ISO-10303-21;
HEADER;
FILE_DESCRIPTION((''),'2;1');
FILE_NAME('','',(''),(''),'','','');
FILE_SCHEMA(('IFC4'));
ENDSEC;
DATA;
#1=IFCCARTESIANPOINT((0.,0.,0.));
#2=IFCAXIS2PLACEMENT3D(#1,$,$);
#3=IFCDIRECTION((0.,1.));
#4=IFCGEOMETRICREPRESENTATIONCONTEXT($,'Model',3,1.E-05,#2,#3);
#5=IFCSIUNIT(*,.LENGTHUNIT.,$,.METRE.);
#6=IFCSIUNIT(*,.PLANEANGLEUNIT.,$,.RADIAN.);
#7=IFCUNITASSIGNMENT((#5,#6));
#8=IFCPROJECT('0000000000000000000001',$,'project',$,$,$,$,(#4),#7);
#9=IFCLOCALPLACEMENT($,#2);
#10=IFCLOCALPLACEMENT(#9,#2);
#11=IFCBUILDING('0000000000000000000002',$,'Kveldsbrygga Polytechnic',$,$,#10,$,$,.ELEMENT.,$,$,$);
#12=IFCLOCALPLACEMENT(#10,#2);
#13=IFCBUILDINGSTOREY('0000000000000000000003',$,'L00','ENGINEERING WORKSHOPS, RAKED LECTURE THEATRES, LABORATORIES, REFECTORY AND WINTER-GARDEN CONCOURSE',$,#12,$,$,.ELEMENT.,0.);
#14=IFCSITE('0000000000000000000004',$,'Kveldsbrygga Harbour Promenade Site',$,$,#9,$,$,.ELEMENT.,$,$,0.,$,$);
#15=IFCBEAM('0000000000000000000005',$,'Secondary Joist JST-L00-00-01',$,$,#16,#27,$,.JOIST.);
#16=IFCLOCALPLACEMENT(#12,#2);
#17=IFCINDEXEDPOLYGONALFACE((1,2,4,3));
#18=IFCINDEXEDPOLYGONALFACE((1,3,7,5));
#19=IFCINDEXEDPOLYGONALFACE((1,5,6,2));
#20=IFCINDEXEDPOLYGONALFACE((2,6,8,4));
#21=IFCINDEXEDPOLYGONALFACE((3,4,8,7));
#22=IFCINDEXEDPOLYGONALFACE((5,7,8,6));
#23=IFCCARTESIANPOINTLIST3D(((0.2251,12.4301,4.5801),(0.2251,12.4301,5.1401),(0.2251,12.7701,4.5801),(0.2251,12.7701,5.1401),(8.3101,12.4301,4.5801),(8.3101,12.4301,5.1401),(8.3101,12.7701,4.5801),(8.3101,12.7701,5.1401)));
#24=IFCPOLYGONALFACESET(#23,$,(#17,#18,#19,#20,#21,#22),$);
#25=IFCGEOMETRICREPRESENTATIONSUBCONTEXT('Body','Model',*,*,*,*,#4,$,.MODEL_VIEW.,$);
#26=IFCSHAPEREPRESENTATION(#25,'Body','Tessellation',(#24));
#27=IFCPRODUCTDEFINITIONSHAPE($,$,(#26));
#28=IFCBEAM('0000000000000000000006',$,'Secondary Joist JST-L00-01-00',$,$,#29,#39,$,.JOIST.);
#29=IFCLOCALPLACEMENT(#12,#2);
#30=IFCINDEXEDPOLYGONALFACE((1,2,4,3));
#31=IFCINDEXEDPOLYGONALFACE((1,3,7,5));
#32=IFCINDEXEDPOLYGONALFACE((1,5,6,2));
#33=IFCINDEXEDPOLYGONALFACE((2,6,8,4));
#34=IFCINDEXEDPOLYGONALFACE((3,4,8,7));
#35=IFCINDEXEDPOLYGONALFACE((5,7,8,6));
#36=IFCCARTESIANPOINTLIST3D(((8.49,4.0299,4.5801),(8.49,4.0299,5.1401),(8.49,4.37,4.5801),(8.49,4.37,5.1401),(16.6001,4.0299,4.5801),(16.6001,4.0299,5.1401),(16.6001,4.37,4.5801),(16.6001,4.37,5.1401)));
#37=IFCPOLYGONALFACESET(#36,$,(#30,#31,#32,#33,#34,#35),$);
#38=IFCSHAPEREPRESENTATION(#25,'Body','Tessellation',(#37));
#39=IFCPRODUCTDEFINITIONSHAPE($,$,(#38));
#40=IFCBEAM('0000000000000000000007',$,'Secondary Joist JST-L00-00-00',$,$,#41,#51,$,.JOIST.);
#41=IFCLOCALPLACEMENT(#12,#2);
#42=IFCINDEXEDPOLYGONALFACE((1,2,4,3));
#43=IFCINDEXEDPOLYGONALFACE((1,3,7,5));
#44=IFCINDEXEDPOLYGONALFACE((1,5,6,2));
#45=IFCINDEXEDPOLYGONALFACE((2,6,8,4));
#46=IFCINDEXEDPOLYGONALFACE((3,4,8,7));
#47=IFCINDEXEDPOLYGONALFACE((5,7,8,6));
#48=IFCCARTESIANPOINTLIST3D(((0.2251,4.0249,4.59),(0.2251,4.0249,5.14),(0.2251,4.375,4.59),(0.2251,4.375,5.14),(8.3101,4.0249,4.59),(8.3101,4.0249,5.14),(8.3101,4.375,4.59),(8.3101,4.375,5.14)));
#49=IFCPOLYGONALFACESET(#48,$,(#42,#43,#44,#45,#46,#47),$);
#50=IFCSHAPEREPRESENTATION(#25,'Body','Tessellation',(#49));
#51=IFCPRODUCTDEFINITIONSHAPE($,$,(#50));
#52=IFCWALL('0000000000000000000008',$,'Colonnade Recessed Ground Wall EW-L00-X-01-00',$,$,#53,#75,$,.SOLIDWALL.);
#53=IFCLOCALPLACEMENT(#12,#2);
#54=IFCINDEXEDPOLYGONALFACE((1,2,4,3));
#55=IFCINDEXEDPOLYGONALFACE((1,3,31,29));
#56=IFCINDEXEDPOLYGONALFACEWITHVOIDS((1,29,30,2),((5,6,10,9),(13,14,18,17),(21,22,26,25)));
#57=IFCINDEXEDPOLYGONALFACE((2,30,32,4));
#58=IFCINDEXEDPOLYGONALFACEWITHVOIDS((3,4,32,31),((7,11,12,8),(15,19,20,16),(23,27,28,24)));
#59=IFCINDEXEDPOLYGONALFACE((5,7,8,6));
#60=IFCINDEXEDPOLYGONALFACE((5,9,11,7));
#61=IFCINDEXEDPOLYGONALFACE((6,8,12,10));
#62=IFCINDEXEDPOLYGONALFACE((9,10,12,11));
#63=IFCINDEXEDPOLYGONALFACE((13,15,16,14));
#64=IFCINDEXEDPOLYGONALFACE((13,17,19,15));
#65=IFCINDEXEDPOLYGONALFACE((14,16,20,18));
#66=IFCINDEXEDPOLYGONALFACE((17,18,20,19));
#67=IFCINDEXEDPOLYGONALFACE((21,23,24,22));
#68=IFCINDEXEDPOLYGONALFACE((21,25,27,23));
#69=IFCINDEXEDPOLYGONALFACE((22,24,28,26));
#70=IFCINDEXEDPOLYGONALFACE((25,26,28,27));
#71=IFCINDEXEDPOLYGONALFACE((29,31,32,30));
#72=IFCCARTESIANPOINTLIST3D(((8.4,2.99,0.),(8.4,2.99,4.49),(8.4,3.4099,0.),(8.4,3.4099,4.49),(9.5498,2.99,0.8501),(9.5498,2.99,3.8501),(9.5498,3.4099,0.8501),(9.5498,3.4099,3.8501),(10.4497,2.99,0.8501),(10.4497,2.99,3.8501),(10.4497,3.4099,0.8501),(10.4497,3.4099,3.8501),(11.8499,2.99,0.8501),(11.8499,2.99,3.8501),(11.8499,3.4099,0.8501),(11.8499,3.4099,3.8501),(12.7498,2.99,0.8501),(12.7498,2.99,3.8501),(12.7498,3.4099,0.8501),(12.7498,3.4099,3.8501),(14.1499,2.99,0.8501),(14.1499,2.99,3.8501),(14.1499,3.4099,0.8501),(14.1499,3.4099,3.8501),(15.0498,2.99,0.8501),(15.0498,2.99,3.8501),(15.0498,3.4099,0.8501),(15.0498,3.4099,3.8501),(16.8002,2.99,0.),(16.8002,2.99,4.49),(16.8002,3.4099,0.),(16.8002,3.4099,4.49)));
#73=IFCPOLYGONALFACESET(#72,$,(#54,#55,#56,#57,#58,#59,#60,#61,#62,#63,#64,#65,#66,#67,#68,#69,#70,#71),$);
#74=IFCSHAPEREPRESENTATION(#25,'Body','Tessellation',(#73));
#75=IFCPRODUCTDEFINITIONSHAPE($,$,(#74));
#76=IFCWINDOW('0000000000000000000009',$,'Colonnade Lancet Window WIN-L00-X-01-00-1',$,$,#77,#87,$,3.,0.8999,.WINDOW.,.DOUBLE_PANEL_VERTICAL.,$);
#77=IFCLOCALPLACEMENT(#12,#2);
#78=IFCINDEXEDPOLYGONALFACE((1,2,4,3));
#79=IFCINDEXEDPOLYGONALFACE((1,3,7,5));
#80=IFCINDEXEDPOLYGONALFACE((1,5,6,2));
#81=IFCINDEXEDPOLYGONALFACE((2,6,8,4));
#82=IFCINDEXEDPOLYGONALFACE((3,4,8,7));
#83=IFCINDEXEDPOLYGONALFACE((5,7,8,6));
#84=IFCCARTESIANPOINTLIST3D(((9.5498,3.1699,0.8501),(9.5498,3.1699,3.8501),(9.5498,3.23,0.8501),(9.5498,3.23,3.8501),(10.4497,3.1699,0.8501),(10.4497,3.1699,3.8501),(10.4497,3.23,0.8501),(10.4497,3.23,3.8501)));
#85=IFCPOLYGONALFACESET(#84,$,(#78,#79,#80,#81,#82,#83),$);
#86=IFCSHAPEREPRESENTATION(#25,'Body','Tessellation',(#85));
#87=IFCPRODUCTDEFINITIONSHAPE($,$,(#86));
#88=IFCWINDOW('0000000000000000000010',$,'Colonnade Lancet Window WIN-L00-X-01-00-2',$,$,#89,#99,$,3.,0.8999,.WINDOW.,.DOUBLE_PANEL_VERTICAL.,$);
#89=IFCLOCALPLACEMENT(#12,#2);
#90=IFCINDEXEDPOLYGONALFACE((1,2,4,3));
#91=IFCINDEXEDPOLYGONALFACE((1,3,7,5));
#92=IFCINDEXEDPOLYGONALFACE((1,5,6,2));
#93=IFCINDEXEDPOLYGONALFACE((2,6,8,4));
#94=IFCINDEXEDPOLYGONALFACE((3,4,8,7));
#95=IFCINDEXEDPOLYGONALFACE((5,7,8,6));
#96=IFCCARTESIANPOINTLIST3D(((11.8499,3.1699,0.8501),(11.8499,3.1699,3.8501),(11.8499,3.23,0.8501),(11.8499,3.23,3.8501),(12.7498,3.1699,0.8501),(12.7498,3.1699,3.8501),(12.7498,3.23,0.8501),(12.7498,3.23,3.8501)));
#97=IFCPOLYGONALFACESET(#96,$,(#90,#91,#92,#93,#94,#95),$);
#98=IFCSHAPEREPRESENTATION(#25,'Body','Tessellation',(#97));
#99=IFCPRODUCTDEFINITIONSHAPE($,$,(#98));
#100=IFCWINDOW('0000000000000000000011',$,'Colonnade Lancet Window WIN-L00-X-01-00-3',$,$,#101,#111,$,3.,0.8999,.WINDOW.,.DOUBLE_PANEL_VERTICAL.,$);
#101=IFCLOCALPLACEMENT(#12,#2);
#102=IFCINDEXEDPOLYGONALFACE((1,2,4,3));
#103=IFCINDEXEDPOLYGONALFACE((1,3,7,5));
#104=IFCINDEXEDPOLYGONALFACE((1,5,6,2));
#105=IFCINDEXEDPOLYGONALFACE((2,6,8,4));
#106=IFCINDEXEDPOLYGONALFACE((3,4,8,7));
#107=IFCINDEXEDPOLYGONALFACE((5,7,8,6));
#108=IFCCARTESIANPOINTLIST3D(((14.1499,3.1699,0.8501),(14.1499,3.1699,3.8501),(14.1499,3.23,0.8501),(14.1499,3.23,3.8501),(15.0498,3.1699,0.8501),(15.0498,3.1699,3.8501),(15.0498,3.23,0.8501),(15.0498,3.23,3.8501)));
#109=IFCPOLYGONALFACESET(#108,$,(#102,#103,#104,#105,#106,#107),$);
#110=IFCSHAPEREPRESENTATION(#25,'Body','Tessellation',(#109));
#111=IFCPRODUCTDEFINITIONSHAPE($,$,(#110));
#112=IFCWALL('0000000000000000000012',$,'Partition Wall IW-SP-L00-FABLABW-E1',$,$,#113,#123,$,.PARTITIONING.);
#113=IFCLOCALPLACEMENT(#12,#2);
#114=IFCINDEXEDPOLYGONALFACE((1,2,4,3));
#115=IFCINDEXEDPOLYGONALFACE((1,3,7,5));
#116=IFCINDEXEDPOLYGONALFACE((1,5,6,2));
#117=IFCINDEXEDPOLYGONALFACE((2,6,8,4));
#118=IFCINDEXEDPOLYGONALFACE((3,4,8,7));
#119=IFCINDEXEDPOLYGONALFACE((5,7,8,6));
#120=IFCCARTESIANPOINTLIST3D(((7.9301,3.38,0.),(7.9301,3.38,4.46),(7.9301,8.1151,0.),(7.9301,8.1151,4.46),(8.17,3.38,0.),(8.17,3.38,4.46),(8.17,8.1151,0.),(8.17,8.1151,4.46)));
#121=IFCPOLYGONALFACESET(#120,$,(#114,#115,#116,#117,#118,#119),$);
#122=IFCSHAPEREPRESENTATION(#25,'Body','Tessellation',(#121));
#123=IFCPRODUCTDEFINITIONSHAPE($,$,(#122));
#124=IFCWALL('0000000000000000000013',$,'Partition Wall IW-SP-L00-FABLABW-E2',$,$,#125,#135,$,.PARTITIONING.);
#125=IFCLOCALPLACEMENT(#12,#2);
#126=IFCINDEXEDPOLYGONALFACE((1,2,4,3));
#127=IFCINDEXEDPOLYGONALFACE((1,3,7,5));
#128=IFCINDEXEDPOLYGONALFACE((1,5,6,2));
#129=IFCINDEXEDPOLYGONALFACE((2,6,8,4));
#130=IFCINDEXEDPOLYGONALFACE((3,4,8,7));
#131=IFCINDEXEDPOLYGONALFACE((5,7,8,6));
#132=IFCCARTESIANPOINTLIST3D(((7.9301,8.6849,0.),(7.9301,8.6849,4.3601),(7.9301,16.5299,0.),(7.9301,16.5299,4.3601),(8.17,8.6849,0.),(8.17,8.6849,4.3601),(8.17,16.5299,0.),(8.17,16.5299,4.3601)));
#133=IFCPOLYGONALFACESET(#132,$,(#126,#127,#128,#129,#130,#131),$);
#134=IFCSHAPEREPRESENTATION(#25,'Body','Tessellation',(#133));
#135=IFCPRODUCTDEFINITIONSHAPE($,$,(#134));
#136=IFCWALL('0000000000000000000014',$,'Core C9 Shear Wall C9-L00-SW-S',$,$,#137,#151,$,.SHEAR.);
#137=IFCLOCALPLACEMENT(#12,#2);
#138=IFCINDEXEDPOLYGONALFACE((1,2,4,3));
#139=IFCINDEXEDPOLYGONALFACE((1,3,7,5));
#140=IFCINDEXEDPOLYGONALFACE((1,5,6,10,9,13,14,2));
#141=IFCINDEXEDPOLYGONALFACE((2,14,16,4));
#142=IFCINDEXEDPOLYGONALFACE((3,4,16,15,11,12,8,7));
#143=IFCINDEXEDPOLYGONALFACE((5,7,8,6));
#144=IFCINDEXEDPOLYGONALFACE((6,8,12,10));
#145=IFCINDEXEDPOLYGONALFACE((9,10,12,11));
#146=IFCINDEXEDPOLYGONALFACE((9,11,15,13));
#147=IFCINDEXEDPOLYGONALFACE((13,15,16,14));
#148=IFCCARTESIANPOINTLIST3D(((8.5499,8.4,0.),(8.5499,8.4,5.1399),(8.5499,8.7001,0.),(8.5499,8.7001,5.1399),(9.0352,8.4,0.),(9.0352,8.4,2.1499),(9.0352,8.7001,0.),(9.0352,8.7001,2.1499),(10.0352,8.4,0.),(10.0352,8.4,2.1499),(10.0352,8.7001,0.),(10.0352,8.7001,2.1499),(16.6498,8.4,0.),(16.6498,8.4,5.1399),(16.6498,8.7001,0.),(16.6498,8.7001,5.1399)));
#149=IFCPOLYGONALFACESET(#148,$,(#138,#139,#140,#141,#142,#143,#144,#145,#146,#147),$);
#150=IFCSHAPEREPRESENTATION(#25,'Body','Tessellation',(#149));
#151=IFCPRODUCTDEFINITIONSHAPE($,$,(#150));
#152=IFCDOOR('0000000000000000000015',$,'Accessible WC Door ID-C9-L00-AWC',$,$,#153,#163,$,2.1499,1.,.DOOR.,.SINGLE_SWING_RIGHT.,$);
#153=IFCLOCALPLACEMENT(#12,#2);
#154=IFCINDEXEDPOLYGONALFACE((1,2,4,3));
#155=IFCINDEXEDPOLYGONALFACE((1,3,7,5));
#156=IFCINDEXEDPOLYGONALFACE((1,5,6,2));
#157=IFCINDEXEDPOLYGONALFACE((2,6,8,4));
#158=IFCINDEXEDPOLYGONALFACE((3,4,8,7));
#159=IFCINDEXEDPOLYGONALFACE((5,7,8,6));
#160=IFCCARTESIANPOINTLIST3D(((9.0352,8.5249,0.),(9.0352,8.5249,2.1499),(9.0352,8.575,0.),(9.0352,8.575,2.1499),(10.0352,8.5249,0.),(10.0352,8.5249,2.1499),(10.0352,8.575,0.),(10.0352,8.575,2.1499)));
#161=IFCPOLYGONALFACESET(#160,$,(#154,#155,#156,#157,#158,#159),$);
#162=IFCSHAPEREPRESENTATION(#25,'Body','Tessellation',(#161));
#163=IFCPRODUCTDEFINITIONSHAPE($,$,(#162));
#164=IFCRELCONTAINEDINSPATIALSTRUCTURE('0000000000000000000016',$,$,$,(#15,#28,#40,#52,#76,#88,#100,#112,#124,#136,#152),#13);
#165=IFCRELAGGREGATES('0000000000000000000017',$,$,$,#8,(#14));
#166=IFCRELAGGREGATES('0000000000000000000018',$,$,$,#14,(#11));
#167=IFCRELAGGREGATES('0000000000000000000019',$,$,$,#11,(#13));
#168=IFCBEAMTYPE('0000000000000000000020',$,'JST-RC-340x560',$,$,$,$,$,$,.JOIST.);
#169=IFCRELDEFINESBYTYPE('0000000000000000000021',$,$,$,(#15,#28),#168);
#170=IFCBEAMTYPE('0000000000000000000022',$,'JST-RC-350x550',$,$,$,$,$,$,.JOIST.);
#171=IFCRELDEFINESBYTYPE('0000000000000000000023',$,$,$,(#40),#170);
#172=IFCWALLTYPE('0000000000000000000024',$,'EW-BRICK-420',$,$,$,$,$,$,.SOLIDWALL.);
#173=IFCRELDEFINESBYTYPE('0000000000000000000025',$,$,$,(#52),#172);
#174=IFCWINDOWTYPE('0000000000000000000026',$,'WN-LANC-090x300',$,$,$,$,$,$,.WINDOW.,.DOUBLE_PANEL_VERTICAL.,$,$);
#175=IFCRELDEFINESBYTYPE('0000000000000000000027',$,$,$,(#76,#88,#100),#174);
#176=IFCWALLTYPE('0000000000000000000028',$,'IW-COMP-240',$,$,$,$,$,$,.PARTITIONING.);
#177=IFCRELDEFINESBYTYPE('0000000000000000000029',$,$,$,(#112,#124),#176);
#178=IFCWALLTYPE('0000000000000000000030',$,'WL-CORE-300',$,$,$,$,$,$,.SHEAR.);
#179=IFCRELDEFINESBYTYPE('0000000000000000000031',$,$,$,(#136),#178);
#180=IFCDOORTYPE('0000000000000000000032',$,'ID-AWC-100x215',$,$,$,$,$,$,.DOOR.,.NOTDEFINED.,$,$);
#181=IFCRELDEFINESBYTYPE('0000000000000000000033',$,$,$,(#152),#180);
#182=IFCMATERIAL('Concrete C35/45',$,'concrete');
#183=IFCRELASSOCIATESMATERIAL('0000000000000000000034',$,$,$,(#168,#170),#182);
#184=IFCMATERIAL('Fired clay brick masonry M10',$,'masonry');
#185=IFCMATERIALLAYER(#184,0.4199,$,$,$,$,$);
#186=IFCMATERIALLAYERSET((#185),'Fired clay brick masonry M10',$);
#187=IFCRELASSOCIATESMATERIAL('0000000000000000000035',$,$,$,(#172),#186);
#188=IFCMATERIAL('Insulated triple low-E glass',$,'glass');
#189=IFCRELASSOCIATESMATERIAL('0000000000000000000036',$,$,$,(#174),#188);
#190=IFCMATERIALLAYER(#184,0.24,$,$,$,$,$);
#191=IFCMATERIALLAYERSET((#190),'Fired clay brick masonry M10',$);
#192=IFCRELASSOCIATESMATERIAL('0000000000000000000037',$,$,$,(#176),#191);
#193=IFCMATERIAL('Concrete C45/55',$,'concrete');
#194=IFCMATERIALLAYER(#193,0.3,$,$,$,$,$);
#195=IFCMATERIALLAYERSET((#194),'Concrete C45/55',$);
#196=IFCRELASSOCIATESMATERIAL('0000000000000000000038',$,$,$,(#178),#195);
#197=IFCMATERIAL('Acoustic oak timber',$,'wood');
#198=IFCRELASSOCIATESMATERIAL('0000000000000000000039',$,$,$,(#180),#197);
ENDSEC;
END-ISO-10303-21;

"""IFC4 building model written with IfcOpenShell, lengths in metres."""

from ifc_helpers import new_model, si_unit, direction, frame, frame_2d, origin, origin_2d, place, context, subcontext, project, spatial, rectangle, extrude, material, layer, layer_set, material_profile, profile_set, type_object, element, fill, save


model = new_model("IFC4")

# Units and contexts
model_context = context("Model", 3, precision=1e-05, world=origin(), true_north=direction((0.0, 1.0)))
body_context = subcontext(model_context, "Body", "Model", "MODEL_VIEW")
ifc_project = project(units=[si_unit("LENGTHUNIT", "METRE"), si_unit("PLANEANGLEUNIT", "RADIAN")], contexts=[model_context])

# Site, building, storey
site_placement = place(None, origin())
site = spatial("IfcSite", under=ifc_project, at=site_placement, Name="Kveldsbrygga Harbour Promenade Site", CompositionType="ELEMENT", RefElevation=0.0)
building_placement = place(site_placement, origin())
building = spatial("IfcBuilding", under=site, at=building_placement, Name="Kveldsbrygga Polytechnic", CompositionType="ELEMENT")
storey_placement = place(building_placement, origin())
storey = spatial("IfcBuildingStorey", under=building, at=storey_placement, Name="L00", Description="ENGINEERING WORKSHOPS, RAKED LECTURE THEATRES, LABORATORIES, REFECTORY AND WINTER-GARDEN CONCOURSE", CompositionType="ELEMENT", Elevation=0.0)

# Shared definitions
ifc_material_1 = material(Name="Concrete C45/55", Category="concrete")

# Beams
ifc_material_2 = material(Name="Concrete C35/45", Category="concrete")
ifc_material_profile_1 = material_profile(ifc_material_2, rectangle(XDim=0.3401, YDim=0.5601, at=origin_2d()), Name="RC 340x560")
ifc_profile_set_1 = profile_set([ifc_material_profile_1], Name="Concrete C35/45")
beam_type_1 = type_object("IfcBeamType", Name="JST-RC-340x560", PredefinedType="JOIST", material=ifc_profile_set_1)
beam_1_placement = place(storey_placement, frame((0.2251, 12.6001, 4.8601), z_axis=(1.0, 0.0, 0.0), x_axis=(0.0, 1.0, 0.0)))
element("IfcBeam", 1, at=beam_1_placement, inside=storey, type_object=beam_type_1, Name="Secondary Joist JST-L00-00-01", PredefinedType="JOIST", context=body_context, shape_type="SweptSolid", body=[
    extrude(rectangle(XDim=0.3401, YDim=0.5601, at=origin_2d()), origin(), (0.0, 0.0, 1.0), 8.085),
])
beam_2_placement = place(storey_placement, frame((8.49, 4.2, 4.8601), z_axis=(1.0, 0.0, 0.0), x_axis=(0.0, 1.0, 0.0)))
element("IfcBeam", 2, at=beam_2_placement, inside=storey, type_object=beam_type_1, Name="Secondary Joist JST-L00-01-00", PredefinedType="JOIST", context=body_context, shape_type="SweptSolid", body=[
    extrude(rectangle(XDim=0.3401, YDim=0.5601, at=origin_2d()), origin(), (0.0, 0.0, 1.0), 8.1101),
])
ifc_material_profile_2 = material_profile(ifc_material_2, rectangle(XDim=0.3501, YDim=0.55, at=origin_2d()), Name="RC 350x550")
ifc_profile_set_2 = profile_set([ifc_material_profile_2], Name="Concrete C35/45")
beam_type_2 = type_object("IfcBeamType", Name="JST-RC-350x550", PredefinedType="JOIST", material=ifc_profile_set_2)
beam_3_placement = place(storey_placement, frame((0.2251, 4.2, 4.865), z_axis=(1.0, 0.0, 0.0), x_axis=(0.0, 1.0, 0.0)))
element("IfcBeam", 3, at=beam_3_placement, inside=storey, type_object=beam_type_2, Name="Secondary Joist JST-L00-00-00", PredefinedType="JOIST", context=body_context, shape_type="SweptSolid", body=[
    extrude(rectangle(XDim=0.3501, YDim=0.55, at=origin_2d()), origin(), (0.0, 0.0, 1.0), 8.085),
])

# Wall, openings, windows
ifc_material_3 = material(Name="Fired clay brick masonry M10", Category="masonry")
ifc_layer_1 = layer(ifc_material_3, 0.4199)
ifc_layer_set_1 = layer_set([ifc_layer_1], Name="Fired clay brick masonry M10")
wall_type_1 = type_object("IfcWallType", Name="EW-BRICK-420", PredefinedType="SOLIDWALL", material=ifc_layer_set_1)
wall_1_placement = place(storey_placement, frame((8.3999, 3.2, 0.0), z_axis=(0.0, 0.0, 1.0), x_axis=(1.0, 0.0, 0.0)))
wall_1 = element("IfcWall", 4, at=wall_1_placement, inside=storey, type_object=wall_type_1, Name="Colonnade Recessed Ground Wall EW-L00-X-01-00", PredefinedType="SOLIDWALL", context=body_context, shape_type="SweptSolid", body=[
    extrude(rectangle(XDim=8.4001, YDim=0.4199, at=frame_2d((4.2002, 0.0))), origin(), (0.0, 0.0, 1.0), 4.49),
])
opening_1_placement = place(wall_1_placement, frame((1.1499, 0.0, 0.8501)))
opening_1 = element("IfcOpeningElement", 5, at=opening_1_placement, cuts=wall_1, PredefinedType="OPENING", context=body_context, shape_type="SweptSolid", body=[
    extrude(rectangle(XDim=0.8999, YDim=3.0, at=frame_2d((0.45, 1.5))), frame((0.0, 0.22, 0.0), z_axis=(0.0, -1.0, 0.0), x_axis=(1.0, 0.0, 0.0)), (0.0, 0.0, 1.0), 0.4399),
])
opening_2_placement = place(wall_1_placement, frame((3.45, 0.0, 0.8501)))
opening_2 = element("IfcOpeningElement", 6, at=opening_2_placement, cuts=wall_1, PredefinedType="OPENING", context=body_context, shape_type="SweptSolid", body=[
    extrude(rectangle(XDim=0.8999, YDim=3.0, at=frame_2d((0.45, 1.5))), frame((0.0, 0.22, 0.0), z_axis=(0.0, -1.0, 0.0), x_axis=(1.0, 0.0, 0.0)), (0.0, 0.0, 1.0), 0.4399),
])
opening_3_placement = place(wall_1_placement, frame((5.75, 0.0, 0.8501)))
opening_3 = element("IfcOpeningElement", 7, at=opening_3_placement, cuts=wall_1, PredefinedType="OPENING", context=body_context, shape_type="SweptSolid", body=[
    extrude(rectangle(XDim=0.8999, YDim=3.0, at=frame_2d((0.45, 1.5))), frame((0.0, 0.22, 0.0), z_axis=(0.0, -1.0, 0.0), x_axis=(1.0, 0.0, 0.0)), (0.0, 0.0, 1.0), 0.4399),
])
ifc_material_4 = material(Name="Insulated triple low-E glass", Category="glass")
window_type = type_object("IfcWindowType", Name="WN-LANC-090x300", PartitioningType="DOUBLE_PANEL_VERTICAL", PredefinedType="WINDOW", material=ifc_material_4)
window_1_placement = place(opening_1_placement, origin())
window_1 = element("IfcWindow", 8, at=window_1_placement, inside=storey, type_object=window_type, Name="Colonnade Lancet Window WIN-L00-X-01-00-1", OverallHeight=3.0, OverallWidth=0.8999, PartitioningType="DOUBLE_PANEL_VERTICAL", PredefinedType="WINDOW", context=body_context, shape_type="SweptSolid", body=[
    extrude(rectangle(XDim=0.8999, YDim=3.0, at=frame_2d((0.45, 1.5))), frame((0.0, 0.03, 0.0), z_axis=(0.0, -1.0, 0.0), x_axis=(1.0, 0.0, 0.0)), (0.0, 0.0, 1.0), 0.0601),
])
fill(opening_1, window_1)
window_2_placement = place(opening_2_placement, origin())
window_2 = element("IfcWindow", 9, at=window_2_placement, inside=storey, type_object=window_type, Name="Colonnade Lancet Window WIN-L00-X-01-00-2", OverallHeight=3.0, OverallWidth=0.8999, PartitioningType="DOUBLE_PANEL_VERTICAL", PredefinedType="WINDOW", context=body_context, shape_type="SweptSolid", body=[
    extrude(rectangle(XDim=0.8999, YDim=3.0, at=frame_2d((0.45, 1.5))), frame((0.0, 0.03, 0.0), z_axis=(0.0, -1.0, 0.0), x_axis=(1.0, 0.0, 0.0)), (0.0, 0.0, 1.0), 0.0601),
])
fill(opening_2, window_2)
window_3_placement = place(opening_3_placement, origin())
window_3 = element("IfcWindow", 10, at=window_3_placement, inside=storey, type_object=window_type, Name="Colonnade Lancet Window WIN-L00-X-01-00-3", OverallHeight=3.0, OverallWidth=0.8999, PartitioningType="DOUBLE_PANEL_VERTICAL", PredefinedType="WINDOW", context=body_context, shape_type="SweptSolid", body=[
    extrude(rectangle(XDim=0.8999, YDim=3.0, at=frame_2d((0.45, 1.5))), frame((0.0, 0.03, 0.0), z_axis=(0.0, -1.0, 0.0), x_axis=(1.0, 0.0, 0.0)), (0.0, 0.0, 1.0), 0.0601),
])
fill(opening_3, window_3)

# Walls
ifc_layer_2 = layer(ifc_material_3, 0.24)
ifc_layer_set_2 = layer_set([ifc_layer_2], Name="Fired clay brick masonry M10")
wall_type_2 = type_object("IfcWallType", Name="IW-COMP-240", PredefinedType="PARTITIONING", material=ifc_layer_set_2)
wall_2_placement = place(storey_placement, frame((8.05, 3.3799, 0.0), z_axis=(0.0, 0.0, 1.0), x_axis=(0.0, 1.0, 0.0)))
element("IfcWall", 11, at=wall_2_placement, inside=storey, type_object=wall_type_2, Name="Partition Wall IW-SP-L00-FABLABW-E1", PredefinedType="PARTITIONING", context=body_context, shape_type="SweptSolid", body=[
    extrude(rectangle(XDim=4.7351, YDim=0.24, at=frame_2d((2.3677, 0.0))), origin(), (0.0, 0.0, 1.0), 4.46),
])
wall_3_placement = place(storey_placement, frame((8.05, 8.6851, 0.0), z_axis=(0.0, 0.0, 1.0), x_axis=(0.0, 1.0, 0.0)))
element("IfcWall", 12, at=wall_3_placement, inside=storey, type_object=wall_type_2, Name="Partition Wall IW-SP-L00-FABLABW-E2", PredefinedType="PARTITIONING", context=body_context, shape_type="SweptSolid", body=[
    extrude(rectangle(XDim=7.845, YDim=0.24, at=frame_2d((3.9224, 0.0))), origin(), (0.0, 0.0, 1.0), 4.3601),
])

# Wall, opening, door
ifc_layer_3 = layer(ifc_material_1, 0.3)
ifc_layer_set_3 = layer_set([ifc_layer_3], Name="Concrete C45/55")
wall_type_3 = type_object("IfcWallType", Name="WL-CORE-300", PredefinedType="SHEAR", material=ifc_layer_set_3)
wall_4_placement = place(storey_placement, frame((8.55, 8.55, 0.0), z_axis=(0.0, 0.0, 1.0), x_axis=(1.0, 0.0, 0.0)))
wall_4 = element("IfcWall", 13, at=wall_4_placement, inside=storey, type_object=wall_type_3, Name="Core C9 Shear Wall C9-L00-SW-S", PredefinedType="SHEAR", context=body_context, shape_type="SweptSolid", body=[
    extrude(rectangle(XDim=8.0999, YDim=0.3, at=frame_2d((4.0498, 0.0))), origin(), (0.0, 0.0, 1.0), 5.1399),
])
opening_4_placement = place(wall_4_placement, frame((0.4851, 0.0, 0.0)))
opening_4 = element("IfcOpeningElement", 14, at=opening_4_placement, cuts=wall_4, PredefinedType="OPENING", context=body_context, shape_type="SweptSolid", body=[
    extrude(rectangle(XDim=1.0, YDim=2.1499, at=frame_2d((0.5, 1.075))), frame((0.0, 0.1602, 0.0), z_axis=(0.0, -1.0, 0.0), x_axis=(1.0, 0.0, 0.0)), (0.0, 0.0, 1.0), 0.3201),
])
ifc_material_5 = material(Name="Acoustic oak timber", Category="wood")
door_type = type_object("IfcDoorType", Name="ID-AWC-100x215", OperationType="NOTDEFINED", PredefinedType="DOOR", material=ifc_material_5)
door_placement = place(opening_4_placement, origin())
door = element("IfcDoor", 15, at=door_placement, inside=storey, type_object=door_type, Name="Accessible WC Door ID-C9-L00-AWC", OperationType="SINGLE_SWING_RIGHT", OverallHeight=2.1499, OverallWidth=1.0, PredefinedType="DOOR", context=body_context, shape_type="SweptSolid", body=[
    extrude(rectangle(XDim=1.0, YDim=2.1499, at=frame_2d((0.5, 1.075))), frame((0.0, 0.0249, 0.0), z_axis=(0.0, -1.0, 0.0), x_axis=(1.0, 0.0, 0.0)), (0.0, 0.0, 1.0), 0.05),
])
fill(opening_4, door)

save(model, "model.ifc")
